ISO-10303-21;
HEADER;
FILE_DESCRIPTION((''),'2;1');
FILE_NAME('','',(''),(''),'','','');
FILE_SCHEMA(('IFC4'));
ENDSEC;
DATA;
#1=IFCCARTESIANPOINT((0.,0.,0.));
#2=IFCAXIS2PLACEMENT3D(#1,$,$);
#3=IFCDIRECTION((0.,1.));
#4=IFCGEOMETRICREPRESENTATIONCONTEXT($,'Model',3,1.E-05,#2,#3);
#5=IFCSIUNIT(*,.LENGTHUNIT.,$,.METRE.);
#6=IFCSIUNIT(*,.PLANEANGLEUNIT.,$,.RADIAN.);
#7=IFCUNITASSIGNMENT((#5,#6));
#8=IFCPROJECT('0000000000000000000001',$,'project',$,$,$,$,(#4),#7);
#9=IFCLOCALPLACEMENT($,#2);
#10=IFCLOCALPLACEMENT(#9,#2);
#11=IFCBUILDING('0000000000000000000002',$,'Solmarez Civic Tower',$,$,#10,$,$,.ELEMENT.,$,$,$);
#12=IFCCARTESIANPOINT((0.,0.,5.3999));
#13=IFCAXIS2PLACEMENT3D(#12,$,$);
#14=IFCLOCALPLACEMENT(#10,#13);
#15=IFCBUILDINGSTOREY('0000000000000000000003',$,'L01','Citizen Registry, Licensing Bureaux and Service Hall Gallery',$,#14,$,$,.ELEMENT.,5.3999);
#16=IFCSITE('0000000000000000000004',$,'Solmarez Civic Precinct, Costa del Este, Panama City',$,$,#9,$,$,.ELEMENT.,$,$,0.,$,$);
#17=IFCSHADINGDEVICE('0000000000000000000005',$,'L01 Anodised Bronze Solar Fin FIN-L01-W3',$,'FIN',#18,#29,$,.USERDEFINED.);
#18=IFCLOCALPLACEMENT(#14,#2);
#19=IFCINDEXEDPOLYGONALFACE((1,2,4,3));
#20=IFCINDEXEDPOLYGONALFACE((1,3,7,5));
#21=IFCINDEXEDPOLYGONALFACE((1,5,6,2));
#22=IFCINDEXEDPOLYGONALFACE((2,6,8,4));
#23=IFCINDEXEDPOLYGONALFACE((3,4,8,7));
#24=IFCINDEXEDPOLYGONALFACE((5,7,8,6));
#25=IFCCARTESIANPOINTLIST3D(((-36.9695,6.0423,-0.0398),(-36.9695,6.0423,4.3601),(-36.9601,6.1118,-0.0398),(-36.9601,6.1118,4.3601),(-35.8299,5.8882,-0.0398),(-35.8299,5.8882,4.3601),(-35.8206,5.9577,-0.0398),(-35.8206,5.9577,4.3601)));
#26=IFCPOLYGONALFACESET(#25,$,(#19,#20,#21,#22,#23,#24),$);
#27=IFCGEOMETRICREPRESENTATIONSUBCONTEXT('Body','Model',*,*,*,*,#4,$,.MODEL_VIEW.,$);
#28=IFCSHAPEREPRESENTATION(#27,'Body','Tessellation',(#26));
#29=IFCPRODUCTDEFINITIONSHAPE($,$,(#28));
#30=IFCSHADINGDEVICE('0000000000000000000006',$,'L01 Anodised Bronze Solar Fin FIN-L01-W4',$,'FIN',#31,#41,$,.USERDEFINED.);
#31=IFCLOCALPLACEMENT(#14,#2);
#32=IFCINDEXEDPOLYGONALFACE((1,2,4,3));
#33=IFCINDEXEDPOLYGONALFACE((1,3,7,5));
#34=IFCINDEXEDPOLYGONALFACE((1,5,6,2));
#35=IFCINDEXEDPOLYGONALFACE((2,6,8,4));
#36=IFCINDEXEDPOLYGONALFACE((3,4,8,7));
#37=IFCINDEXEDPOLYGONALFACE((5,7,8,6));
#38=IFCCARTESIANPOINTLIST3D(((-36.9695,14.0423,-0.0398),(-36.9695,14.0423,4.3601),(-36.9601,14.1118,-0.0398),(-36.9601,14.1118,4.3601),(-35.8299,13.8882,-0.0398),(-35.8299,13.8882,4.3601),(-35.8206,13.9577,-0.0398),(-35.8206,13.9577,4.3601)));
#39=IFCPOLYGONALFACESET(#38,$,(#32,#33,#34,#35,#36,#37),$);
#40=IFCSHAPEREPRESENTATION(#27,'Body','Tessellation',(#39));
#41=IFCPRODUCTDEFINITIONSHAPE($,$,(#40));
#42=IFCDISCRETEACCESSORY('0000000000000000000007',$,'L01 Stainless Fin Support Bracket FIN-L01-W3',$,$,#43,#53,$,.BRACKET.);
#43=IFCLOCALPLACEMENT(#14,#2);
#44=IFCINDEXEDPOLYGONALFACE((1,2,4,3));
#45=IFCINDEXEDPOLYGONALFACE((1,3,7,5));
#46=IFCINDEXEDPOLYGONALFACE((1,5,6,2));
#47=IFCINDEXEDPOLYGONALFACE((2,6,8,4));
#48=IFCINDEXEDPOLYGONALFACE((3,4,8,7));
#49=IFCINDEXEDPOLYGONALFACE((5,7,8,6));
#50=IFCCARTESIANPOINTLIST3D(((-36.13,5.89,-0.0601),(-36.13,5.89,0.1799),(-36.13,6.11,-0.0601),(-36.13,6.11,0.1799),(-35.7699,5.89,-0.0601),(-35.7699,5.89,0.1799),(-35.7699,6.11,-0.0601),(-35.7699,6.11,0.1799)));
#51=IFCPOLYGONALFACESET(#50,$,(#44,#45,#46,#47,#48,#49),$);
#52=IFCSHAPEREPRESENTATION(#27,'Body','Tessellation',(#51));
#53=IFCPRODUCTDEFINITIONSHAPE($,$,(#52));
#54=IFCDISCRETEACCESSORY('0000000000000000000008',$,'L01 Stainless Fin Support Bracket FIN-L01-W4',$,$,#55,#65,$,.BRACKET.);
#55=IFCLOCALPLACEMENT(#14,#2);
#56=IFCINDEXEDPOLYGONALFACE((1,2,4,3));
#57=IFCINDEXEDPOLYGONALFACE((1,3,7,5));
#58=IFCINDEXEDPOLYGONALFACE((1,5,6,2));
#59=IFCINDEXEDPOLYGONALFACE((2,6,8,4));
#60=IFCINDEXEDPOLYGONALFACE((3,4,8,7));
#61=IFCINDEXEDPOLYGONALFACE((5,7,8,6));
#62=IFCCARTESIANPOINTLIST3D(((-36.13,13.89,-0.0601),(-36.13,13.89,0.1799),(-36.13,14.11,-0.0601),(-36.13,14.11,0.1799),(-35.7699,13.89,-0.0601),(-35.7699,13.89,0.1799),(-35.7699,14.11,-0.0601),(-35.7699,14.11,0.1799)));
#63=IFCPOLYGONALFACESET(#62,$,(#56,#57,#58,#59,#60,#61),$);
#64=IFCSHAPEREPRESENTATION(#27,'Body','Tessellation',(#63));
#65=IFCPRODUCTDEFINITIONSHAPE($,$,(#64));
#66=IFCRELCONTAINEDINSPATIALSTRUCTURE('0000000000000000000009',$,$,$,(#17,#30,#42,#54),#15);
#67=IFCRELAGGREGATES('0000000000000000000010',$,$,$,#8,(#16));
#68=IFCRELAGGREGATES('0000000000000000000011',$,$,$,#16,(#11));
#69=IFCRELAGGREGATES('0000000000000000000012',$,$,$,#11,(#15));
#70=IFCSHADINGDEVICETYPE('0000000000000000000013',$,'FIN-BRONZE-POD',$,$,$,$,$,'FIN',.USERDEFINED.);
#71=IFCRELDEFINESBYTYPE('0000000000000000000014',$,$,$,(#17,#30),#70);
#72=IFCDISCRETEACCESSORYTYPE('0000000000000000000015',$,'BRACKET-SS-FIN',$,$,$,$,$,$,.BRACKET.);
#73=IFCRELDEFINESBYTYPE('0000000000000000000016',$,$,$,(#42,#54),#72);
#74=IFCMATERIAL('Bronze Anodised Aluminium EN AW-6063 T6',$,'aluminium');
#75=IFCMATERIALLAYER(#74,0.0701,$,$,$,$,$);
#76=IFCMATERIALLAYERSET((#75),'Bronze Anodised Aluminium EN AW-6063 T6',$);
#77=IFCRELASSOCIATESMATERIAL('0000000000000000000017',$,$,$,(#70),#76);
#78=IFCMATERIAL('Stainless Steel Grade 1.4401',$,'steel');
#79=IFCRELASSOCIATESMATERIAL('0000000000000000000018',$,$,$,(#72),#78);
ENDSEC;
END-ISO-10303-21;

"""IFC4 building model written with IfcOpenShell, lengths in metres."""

from ifc_helpers import new_model, si_unit, direction, frame, origin, origin_2d, place, context, subcontext, project, spatial, rectangle, extrude, material, layer, layer_set, type_object, element, save


model = new_model("IFC4")

# Units and contexts
model_context = context("Model", 3, precision=1e-05, world=origin(), true_north=direction((0.0, 1.0)))
body_context = subcontext(model_context, "Body", "Model", "MODEL_VIEW")
ifc_project = project(units=[si_unit("LENGTHUNIT", "METRE"), si_unit("PLANEANGLEUNIT", "RADIAN")], contexts=[model_context])

# Site, building, storey
site_placement = place(None, origin())
site = spatial("IfcSite", under=ifc_project, at=site_placement, Name="Solmarez Civic Precinct, Costa del Este, Panama City", CompositionType="ELEMENT", RefElevation=0.0)
building_placement = place(site_placement, origin())
building = spatial("IfcBuilding", under=site, at=building_placement, Name="Solmarez Civic Tower", CompositionType="ELEMENT")
storey_placement = place(building_placement, frame((0.0, 0.0, 5.3999)))
storey = spatial("IfcBuildingStorey", under=building, at=storey_placement, Name="L01", Description="Citizen Registry, Licensing Bureaux and Service Hall Gallery", CompositionType="ELEMENT", Elevation=5.3999)

# Shading devices
ifc_material_1 = material(Name="Bronze Anodised Aluminium EN AW-6063 T6", Category="aluminium")
ifc_layer_1 = layer(ifc_material_1, 0.0701)
ifc_layer_set_1 = layer_set([ifc_layer_1], Name="Bronze Anodised Aluminium EN AW-6063 T6")
shading_device_type = type_object("IfcShadingDeviceType", Name="FIN-BRONZE-POD", ElementType="FIN", PredefinedType="USERDEFINED", material=ifc_layer_set_1)
for number, where, z_axis, x_axis, name in (
    (1, (-36.395, 6.0, -0.0398), (0.0, 0.0, 1.0), (-0.990983, 0.133986, 0.0), "L01 Anodised Bronze Solar Fin FIN-L01-W3"),
    (2, (-36.395, 14.0, -0.0398), (0.0, 0.0, 1.0), (-0.990983, 0.133986, 0.0), "L01 Anodised Bronze Solar Fin FIN-L01-W4"),
):
    element("IfcShadingDevice", number, at=place(storey_placement, frame(where, z_axis=z_axis, x_axis=x_axis)), inside=storey, type_object=shading_device_type, Name=name, ObjectType="FIN", PredefinedType="USERDEFINED", context=body_context, shape_type="SweptSolid", body=[
        extrude(rectangle(XDim=1.1499, YDim=0.0701, at=origin_2d()), origin(), (0.0, 0.0, 1.0), 4.3999),
    ])

# Discrete accessories
ifc_material_2 = material(Name="Stainless Steel Grade 1.4401", Category="steel")
discrete_accessory_type = type_object("IfcDiscreteAccessoryType", Name="BRACKET-SS-FIN", PredefinedType="BRACKET", material=ifc_material_2)
for number, where, z_axis, x_axis, name in (
    (3, (-35.95, 6.0, -0.0601), (0.0, 0.0, 1.0), (-1.0, 0.0, 0.0), "L01 Stainless Fin Support Bracket FIN-L01-W3"),
    (4, (-35.95, 14.0, -0.0601), (0.0, 0.0, 1.0), (-1.0, 0.0, 0.0), "L01 Stainless Fin Support Bracket FIN-L01-W4"),
):
    element("IfcDiscreteAccessory", number, at=place(storey_placement, frame(where, z_axis=z_axis, x_axis=x_axis)), inside=storey, type_object=discrete_accessory_type, Name=name, PredefinedType="BRACKET", context=body_context, shape_type="SweptSolid", body=[
        extrude(rectangle(XDim=0.3601, YDim=0.22, at=origin_2d()), origin(), (0.0, 0.0, 1.0), 0.24),
    ])

save(model, "model.ifc")
